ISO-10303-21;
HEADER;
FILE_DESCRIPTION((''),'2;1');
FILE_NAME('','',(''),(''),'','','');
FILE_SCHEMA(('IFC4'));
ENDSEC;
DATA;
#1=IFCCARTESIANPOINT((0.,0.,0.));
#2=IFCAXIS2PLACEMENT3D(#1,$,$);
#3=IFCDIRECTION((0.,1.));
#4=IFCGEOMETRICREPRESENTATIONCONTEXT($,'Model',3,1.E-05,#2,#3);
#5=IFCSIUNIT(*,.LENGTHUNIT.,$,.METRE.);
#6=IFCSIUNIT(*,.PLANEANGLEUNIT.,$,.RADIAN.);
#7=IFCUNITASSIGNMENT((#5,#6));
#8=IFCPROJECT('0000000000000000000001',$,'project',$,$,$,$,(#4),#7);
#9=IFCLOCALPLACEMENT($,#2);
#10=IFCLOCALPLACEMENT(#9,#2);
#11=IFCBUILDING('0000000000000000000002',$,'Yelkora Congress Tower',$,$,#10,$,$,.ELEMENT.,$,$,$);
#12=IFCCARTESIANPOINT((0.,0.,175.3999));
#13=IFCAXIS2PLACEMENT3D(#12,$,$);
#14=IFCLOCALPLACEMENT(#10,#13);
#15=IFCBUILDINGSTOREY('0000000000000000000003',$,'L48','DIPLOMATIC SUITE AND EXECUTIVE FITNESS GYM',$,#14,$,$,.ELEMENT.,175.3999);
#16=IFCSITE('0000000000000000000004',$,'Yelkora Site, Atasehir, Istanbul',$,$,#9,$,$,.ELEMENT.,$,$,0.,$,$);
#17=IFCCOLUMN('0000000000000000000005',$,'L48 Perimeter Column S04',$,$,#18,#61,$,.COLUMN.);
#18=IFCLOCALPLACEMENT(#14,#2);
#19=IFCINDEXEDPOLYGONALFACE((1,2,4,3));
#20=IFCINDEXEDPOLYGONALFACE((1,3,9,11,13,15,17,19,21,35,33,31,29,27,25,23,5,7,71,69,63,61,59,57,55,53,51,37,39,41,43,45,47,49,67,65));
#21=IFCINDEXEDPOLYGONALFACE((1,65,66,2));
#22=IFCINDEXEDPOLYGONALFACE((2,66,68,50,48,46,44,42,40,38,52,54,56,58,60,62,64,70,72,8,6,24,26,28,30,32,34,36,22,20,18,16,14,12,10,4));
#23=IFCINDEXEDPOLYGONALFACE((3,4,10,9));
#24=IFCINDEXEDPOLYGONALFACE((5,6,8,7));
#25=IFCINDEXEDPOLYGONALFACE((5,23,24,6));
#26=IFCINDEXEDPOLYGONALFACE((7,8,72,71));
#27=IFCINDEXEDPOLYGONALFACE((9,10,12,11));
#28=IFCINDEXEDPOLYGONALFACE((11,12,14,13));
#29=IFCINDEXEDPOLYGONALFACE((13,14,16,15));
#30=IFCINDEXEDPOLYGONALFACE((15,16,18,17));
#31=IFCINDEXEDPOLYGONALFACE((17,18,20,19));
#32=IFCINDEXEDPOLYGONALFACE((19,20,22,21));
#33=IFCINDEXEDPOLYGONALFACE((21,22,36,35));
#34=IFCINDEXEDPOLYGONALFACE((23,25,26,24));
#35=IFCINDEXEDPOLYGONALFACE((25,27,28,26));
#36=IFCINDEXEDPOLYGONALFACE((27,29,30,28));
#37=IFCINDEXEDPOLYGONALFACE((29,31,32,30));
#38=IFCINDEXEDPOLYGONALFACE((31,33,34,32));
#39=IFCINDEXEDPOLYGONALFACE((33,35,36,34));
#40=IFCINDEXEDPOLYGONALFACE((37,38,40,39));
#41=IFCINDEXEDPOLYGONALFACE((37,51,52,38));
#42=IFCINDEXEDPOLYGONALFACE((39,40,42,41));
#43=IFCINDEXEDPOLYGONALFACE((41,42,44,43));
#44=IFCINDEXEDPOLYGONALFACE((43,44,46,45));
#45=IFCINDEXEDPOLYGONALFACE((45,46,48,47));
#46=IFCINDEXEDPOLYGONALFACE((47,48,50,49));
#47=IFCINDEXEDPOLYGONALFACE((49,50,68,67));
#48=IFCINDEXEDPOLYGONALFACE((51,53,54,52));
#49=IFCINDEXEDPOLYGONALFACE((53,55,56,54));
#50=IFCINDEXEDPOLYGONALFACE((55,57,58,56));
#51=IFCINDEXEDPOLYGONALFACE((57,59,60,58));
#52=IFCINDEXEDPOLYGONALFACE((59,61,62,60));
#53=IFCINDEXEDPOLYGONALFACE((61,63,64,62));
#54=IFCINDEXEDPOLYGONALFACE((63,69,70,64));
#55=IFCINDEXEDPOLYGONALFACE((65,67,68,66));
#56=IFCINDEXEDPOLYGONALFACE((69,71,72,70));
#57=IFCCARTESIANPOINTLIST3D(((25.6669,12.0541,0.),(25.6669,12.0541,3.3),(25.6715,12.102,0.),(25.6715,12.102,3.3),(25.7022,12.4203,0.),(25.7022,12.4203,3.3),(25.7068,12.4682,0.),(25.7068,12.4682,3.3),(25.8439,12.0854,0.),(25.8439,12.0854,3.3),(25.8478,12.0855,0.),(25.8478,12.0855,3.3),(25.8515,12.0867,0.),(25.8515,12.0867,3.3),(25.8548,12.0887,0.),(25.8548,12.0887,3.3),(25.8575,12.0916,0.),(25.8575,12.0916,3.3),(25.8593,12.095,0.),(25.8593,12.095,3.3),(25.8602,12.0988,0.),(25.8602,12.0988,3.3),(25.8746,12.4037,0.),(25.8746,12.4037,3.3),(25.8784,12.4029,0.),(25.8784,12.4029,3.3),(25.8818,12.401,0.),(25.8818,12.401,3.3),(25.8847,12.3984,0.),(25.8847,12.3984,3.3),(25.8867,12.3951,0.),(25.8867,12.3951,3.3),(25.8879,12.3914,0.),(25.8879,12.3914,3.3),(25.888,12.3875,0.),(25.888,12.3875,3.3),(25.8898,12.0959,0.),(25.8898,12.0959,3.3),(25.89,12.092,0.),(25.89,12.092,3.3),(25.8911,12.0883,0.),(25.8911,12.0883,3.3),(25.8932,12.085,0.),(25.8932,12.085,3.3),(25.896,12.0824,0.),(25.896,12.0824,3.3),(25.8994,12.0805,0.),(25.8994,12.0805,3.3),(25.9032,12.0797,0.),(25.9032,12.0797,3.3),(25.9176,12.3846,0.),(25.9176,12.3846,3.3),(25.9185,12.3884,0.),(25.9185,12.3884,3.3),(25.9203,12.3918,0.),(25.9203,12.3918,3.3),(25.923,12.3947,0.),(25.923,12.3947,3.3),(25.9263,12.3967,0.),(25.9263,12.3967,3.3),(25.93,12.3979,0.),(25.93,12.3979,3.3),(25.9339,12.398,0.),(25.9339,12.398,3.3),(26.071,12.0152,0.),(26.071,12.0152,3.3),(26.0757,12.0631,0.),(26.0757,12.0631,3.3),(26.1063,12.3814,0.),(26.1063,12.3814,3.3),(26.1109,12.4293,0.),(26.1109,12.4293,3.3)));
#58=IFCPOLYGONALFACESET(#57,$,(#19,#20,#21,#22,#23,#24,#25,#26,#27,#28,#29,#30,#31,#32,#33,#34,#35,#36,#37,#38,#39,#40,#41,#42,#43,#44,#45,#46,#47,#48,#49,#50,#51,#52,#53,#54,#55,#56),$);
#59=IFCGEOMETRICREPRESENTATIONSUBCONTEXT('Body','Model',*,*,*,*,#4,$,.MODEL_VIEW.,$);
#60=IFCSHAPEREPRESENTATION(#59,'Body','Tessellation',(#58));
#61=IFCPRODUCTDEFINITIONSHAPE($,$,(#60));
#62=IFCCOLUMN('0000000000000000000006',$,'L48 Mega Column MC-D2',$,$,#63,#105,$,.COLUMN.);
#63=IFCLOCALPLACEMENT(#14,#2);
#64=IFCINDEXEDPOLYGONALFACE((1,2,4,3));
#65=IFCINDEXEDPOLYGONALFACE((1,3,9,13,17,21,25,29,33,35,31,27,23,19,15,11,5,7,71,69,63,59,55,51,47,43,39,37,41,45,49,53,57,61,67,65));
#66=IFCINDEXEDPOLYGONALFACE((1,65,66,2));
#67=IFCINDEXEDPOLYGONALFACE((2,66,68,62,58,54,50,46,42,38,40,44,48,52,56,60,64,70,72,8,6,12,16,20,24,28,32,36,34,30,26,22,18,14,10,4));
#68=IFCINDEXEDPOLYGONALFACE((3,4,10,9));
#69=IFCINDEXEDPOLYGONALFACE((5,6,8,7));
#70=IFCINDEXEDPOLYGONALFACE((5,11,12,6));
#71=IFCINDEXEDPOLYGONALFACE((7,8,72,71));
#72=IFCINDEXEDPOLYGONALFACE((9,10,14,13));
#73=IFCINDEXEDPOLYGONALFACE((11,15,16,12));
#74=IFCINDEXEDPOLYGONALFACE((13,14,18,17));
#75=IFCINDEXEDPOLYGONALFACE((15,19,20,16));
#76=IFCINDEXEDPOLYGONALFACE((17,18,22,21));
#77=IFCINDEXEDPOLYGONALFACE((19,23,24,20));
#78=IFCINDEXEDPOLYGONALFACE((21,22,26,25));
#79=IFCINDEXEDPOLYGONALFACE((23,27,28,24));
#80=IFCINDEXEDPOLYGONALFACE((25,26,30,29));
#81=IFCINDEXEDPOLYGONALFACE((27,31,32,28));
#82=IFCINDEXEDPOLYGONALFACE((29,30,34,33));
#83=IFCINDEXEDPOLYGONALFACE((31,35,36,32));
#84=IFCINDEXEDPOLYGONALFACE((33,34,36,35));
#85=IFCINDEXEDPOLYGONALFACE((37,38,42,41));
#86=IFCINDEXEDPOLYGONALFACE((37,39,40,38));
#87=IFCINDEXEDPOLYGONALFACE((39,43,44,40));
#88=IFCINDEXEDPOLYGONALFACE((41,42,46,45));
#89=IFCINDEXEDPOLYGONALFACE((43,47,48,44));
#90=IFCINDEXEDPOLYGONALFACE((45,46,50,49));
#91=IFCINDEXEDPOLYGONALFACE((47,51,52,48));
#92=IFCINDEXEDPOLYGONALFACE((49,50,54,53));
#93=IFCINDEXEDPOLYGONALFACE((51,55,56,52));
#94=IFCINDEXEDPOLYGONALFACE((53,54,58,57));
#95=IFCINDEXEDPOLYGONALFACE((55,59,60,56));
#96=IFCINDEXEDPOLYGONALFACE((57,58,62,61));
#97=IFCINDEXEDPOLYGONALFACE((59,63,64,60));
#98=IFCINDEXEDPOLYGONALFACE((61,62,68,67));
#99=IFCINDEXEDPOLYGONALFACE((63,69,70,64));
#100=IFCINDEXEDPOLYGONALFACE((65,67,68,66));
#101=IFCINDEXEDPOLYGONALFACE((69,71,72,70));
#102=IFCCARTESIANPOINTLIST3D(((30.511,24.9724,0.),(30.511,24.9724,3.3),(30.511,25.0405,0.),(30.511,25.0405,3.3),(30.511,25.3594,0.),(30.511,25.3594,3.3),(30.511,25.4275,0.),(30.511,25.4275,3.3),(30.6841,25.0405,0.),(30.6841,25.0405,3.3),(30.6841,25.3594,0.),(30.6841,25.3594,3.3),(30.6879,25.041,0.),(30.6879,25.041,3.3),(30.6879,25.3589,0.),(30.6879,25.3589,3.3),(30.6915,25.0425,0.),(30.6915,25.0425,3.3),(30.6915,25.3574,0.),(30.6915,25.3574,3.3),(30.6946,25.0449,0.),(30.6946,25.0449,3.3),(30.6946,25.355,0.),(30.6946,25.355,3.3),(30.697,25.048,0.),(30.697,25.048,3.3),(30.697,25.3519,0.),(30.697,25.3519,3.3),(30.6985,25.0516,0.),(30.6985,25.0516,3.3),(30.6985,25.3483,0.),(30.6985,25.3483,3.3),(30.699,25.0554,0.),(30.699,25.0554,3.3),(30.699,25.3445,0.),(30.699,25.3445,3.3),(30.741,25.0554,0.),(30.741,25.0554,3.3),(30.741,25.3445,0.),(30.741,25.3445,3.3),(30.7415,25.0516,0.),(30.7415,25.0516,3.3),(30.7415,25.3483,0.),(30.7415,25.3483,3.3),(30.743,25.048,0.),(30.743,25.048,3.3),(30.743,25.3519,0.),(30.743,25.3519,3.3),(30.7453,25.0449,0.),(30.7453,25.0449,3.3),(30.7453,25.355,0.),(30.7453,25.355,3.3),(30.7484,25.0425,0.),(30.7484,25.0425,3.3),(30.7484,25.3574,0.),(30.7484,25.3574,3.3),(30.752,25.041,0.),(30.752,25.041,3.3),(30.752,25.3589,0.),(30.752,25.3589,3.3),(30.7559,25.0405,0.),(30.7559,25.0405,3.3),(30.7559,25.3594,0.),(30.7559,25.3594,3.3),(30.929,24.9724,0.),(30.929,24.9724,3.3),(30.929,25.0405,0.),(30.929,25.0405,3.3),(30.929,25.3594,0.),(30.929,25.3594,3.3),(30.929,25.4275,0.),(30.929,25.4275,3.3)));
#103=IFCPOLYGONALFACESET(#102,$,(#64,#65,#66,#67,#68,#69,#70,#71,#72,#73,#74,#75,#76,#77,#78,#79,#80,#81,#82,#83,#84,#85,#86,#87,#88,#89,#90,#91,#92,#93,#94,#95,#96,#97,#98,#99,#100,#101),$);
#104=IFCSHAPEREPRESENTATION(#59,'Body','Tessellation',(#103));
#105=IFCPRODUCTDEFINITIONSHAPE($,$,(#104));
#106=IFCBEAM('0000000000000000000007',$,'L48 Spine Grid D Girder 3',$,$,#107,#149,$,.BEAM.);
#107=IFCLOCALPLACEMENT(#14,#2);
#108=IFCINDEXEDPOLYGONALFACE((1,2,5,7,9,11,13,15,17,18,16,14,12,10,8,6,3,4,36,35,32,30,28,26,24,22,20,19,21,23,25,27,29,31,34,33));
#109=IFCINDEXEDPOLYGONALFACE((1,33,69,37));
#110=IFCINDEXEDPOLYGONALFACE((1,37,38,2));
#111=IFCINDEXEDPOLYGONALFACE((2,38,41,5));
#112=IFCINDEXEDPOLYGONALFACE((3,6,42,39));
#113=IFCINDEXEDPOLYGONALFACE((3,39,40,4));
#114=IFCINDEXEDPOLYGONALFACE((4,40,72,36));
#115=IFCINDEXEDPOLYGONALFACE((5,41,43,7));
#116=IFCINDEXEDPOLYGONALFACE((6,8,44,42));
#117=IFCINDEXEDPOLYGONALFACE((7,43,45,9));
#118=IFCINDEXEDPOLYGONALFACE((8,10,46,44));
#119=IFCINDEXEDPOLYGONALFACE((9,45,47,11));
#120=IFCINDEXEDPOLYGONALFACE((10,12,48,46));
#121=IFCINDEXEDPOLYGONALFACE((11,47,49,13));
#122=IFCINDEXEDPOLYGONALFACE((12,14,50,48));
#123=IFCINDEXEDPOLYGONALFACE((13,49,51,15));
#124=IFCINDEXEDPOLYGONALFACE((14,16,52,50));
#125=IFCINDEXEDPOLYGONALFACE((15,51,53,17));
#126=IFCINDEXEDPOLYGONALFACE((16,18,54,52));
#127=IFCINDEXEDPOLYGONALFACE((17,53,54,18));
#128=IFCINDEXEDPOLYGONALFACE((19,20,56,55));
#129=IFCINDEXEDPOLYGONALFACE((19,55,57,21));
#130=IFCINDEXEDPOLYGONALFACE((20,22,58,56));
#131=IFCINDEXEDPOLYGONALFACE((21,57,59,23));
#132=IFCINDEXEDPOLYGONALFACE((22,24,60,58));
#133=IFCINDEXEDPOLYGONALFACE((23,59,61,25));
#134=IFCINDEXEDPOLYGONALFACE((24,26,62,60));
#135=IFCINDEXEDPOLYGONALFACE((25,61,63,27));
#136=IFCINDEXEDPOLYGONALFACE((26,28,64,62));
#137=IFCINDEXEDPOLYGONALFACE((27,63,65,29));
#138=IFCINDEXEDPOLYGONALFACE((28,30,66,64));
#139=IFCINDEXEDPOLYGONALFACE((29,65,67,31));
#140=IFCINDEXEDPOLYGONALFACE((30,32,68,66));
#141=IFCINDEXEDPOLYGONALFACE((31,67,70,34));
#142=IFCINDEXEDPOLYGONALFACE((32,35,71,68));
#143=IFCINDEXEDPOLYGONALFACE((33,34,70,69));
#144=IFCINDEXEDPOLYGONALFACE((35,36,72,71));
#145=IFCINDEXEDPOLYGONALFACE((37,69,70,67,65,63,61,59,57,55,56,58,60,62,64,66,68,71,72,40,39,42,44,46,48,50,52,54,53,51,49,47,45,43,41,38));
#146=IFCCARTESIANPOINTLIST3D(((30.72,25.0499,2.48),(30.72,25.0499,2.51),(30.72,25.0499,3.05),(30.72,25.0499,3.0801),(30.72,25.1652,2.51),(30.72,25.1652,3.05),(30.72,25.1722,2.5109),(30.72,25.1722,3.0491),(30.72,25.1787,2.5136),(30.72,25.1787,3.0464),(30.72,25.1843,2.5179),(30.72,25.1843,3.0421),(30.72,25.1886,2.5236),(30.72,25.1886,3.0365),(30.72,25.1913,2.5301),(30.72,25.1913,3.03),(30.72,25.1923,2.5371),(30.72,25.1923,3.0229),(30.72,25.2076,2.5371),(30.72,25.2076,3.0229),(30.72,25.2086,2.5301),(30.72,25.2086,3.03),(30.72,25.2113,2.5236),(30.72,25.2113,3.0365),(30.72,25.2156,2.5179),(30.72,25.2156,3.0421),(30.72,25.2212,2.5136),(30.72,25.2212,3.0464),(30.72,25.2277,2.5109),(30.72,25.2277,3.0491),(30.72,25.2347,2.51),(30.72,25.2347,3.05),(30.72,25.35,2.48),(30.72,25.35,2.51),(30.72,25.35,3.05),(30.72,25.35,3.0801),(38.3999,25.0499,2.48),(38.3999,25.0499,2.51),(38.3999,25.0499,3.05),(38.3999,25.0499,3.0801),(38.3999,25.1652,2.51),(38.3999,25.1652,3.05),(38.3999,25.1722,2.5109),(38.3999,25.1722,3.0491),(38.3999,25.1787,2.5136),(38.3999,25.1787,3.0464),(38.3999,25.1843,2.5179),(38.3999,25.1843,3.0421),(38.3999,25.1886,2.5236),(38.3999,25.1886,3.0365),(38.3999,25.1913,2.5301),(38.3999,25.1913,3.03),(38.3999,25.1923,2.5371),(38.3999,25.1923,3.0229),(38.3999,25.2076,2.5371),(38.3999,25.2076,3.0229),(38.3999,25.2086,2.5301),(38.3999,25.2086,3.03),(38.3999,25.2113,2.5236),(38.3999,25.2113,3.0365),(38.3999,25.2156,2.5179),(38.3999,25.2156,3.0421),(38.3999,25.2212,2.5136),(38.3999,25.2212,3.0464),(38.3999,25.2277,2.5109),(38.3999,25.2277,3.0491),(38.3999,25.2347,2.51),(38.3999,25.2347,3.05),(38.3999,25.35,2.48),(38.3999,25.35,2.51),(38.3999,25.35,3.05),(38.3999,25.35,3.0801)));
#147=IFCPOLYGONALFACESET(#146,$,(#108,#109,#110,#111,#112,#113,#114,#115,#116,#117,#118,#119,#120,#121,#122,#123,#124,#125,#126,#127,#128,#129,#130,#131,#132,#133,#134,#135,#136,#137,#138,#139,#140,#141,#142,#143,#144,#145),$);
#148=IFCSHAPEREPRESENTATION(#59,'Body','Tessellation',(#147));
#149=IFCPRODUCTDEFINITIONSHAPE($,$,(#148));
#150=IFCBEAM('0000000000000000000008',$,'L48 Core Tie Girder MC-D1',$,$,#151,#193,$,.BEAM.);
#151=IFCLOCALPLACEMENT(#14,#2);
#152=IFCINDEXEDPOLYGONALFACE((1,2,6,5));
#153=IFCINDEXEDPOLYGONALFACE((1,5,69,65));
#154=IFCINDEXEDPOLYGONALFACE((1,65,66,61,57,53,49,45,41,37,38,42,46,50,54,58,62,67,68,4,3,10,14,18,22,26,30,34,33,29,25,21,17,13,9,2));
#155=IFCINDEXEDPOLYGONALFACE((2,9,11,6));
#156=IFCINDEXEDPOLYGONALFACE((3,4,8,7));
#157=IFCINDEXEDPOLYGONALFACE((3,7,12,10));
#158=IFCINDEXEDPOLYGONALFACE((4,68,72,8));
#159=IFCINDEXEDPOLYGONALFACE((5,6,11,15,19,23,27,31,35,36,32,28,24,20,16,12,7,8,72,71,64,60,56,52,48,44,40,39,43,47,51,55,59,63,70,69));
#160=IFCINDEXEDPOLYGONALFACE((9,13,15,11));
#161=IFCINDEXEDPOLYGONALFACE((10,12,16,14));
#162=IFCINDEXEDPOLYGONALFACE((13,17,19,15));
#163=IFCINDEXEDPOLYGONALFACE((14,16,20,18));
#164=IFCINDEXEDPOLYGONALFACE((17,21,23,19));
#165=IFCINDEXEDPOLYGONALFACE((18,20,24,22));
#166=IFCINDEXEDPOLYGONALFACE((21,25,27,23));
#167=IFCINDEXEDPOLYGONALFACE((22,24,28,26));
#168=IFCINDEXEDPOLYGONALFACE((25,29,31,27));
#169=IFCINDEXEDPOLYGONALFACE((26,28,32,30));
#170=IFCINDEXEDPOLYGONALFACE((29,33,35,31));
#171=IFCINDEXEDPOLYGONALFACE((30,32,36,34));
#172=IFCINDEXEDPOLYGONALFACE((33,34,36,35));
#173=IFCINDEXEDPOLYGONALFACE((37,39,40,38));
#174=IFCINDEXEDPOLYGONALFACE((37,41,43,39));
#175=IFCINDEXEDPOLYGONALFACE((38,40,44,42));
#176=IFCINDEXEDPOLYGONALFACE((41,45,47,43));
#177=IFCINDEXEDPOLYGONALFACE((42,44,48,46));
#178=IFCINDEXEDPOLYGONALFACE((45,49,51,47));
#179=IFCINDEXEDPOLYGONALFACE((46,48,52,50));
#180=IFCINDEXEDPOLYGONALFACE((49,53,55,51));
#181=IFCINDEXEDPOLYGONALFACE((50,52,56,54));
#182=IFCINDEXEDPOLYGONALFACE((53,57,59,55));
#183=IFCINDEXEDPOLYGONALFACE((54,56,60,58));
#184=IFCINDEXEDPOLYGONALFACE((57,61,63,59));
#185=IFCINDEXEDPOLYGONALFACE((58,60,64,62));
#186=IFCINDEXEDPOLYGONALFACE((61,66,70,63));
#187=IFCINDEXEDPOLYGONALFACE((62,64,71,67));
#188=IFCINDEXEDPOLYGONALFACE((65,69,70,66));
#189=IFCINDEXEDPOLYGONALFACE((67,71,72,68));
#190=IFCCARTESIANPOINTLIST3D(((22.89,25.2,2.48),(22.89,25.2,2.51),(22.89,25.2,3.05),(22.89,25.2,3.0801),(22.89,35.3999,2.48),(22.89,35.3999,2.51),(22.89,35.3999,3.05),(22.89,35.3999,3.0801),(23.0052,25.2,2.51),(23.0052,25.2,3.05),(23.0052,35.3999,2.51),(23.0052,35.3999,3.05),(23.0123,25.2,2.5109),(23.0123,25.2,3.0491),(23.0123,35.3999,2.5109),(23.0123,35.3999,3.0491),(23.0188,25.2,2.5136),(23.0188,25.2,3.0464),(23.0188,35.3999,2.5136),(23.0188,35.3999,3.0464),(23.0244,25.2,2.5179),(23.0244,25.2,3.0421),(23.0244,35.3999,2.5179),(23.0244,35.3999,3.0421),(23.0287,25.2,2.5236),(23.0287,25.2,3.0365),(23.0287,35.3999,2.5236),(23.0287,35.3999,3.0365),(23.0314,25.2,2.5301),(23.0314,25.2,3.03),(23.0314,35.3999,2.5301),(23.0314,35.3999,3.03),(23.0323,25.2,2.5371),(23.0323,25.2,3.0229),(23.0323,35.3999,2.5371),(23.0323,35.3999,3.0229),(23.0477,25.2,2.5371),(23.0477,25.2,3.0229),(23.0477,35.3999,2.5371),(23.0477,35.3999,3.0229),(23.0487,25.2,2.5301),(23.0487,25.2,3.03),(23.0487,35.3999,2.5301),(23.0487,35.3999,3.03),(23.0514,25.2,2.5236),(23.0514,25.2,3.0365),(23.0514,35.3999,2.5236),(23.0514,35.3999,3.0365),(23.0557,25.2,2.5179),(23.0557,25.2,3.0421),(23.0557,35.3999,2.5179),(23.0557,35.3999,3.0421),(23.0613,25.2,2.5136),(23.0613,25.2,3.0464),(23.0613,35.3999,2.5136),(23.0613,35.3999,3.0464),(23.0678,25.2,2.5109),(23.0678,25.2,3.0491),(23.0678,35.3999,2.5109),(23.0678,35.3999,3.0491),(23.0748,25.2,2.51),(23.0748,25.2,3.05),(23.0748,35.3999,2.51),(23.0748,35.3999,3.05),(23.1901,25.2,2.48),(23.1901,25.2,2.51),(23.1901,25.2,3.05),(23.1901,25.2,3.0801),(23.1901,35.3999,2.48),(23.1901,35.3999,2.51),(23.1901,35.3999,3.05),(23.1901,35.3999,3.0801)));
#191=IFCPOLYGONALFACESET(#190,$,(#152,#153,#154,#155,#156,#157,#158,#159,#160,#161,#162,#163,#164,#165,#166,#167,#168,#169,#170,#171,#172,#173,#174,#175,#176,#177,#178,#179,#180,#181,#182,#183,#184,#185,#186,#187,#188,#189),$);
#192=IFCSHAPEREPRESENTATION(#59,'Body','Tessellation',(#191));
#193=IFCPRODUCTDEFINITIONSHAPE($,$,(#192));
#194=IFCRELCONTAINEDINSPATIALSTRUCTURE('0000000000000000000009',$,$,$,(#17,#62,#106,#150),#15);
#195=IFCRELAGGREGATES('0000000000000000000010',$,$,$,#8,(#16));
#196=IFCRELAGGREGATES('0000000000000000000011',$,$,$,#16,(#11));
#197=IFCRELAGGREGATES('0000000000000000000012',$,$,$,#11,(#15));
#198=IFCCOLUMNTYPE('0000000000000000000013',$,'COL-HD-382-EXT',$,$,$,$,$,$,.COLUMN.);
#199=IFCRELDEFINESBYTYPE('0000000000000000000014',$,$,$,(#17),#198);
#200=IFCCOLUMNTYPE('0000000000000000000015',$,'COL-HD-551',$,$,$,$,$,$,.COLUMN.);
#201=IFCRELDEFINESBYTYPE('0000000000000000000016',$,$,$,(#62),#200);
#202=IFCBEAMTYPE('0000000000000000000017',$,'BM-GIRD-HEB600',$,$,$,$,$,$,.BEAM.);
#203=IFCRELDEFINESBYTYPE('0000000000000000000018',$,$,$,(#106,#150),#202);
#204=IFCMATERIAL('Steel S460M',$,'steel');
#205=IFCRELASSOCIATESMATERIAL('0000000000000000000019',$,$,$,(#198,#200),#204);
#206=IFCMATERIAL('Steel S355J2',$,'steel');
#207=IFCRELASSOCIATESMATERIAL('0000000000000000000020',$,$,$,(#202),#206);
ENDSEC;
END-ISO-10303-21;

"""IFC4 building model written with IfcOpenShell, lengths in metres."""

from ifc_helpers import new_model, si_unit, direction, frame, origin, origin_2d, place, context, subcontext, project, spatial, i_section, extrude, material, material_profile, profile_set, type_object, element, save


model = new_model("IFC4")

# Units and contexts
model_context = context("Model", 3, precision=1e-05, world=origin(), true_north=direction((0.0, 1.0)))
body_context = subcontext(model_context, "Body", "Model", "MODEL_VIEW")
ifc_project = project(units=[si_unit("LENGTHUNIT", "METRE"), si_unit("PLANEANGLEUNIT", "RADIAN")], contexts=[model_context])

# Site, building, storey
site_placement = place(None, origin())
site = spatial("IfcSite", under=ifc_project, at=site_placement, Name="Yelkora Site, Atasehir, Istanbul", CompositionType="ELEMENT", RefElevation=0.0)
building_placement = place(site_placement, origin())
building = spatial("IfcBuilding", under=site, at=building_placement, Name="Yelkora Congress Tower", CompositionType="ELEMENT")
storey_placement = place(building_placement, frame((0.0, 0.0, 175.3999)))
storey = spatial("IfcBuildingStorey", under=building, at=storey_placement, Name="L48", Description="DIPLOMATIC SUITE AND EXECUTIVE FITNESS GYM", CompositionType="ELEMENT", Elevation=175.3999)

# Columns
ifc_material_1 = material(Name="Steel S460M", Category="steel")
ifc_material_profile_1 = material_profile(ifc_material_1, i_section(OverallWidth=0.406, OverallDepth=0.416, WebThickness=0.0298, FlangeThickness=0.0481, FilletRadius=0.0149, at=origin_2d()), Name="HD 400x382")
ifc_profile_set_1 = profile_set([ifc_material_profile_1], Name="Steel S460M")
column_type_1 = type_object("IfcColumnType", Name="COL-HD-382-EXT", PredefinedType="COLUMN", material=ifc_profile_set_1)
column_1_placement = place(storey_placement, frame((25.8889, 12.2417, 0.0), z_axis=(0.0, 0.0, 1.0), x_axis=(0.995396, -0.095846, 0.0)))
element("IfcColumn", 1, at=column_1_placement, inside=storey, type_object=column_type_1, Name="L48 Perimeter Column S04", PredefinedType="COLUMN", context=body_context, shape_type="SweptSolid", body=[
    extrude(i_section(OverallWidth=0.406, OverallDepth=0.416, WebThickness=0.0298, FlangeThickness=0.0481, FilletRadius=0.0149, at=origin_2d()), origin(), (0.0, 0.0, 1.0), 3.3),
])
ifc_material_profile_2 = material_profile(ifc_material_1, i_section(OverallWidth=0.418, OverallDepth=0.4551, WebThickness=0.042, FlangeThickness=0.0681, FilletRadius=0.0149, at=origin_2d()), Name="HD 400x551")
ifc_profile_set_2 = profile_set([ifc_material_profile_2], Name="Steel S460M")
column_type_2 = type_object("IfcColumnType", Name="COL-HD-551", PredefinedType="COLUMN", material=ifc_profile_set_2)
column_2_placement = place(storey_placement, frame((30.72, 25.2, 0.0), z_axis=(0.0, 0.0, 1.0), x_axis=(1.0, 0.0, 0.0)))
element("IfcColumn", 2, at=column_2_placement, inside=storey, type_object=column_type_2, Name="L48 Mega Column MC-D2", PredefinedType="COLUMN", context=body_context, shape_type="SweptSolid", body=[
    extrude(i_section(OverallWidth=0.418, OverallDepth=0.4551, WebThickness=0.042, FlangeThickness=0.0681, FilletRadius=0.0149, at=origin_2d()), origin(), (0.0, 0.0, 1.0), 3.3),
])

# Beams
ifc_material_2 = material(Name="Steel S355J2", Category="steel")
ifc_material_profile_3 = material_profile(ifc_material_2, i_section(OverallWidth=0.3, OverallDepth=0.6001, WebThickness=0.0154, FlangeThickness=0.03, FilletRadius=0.0271, at=origin_2d()), Name="HEB 600")
ifc_profile_set_3 = profile_set([ifc_material_profile_3], Name="Steel S355J2")
beam_type_1 = type_object("IfcBeamType", Name="BM-GIRD-HEB600", PredefinedType="BEAM", material=ifc_profile_set_3)
beam_1_placement = place(storey_placement, frame((30.72, 25.2, 2.78), z_axis=(1.0, 0.0, 0.0), x_axis=(0.0, 1.0, 0.0)))
element("IfcBeam", 3, at=beam_1_placement, inside=storey, type_object=beam_type_1, Name="L48 Spine Grid D Girder 3", PredefinedType="BEAM", context=body_context, shape_type="SweptSolid", body=[
    extrude(i_section(OverallWidth=0.3, OverallDepth=0.6001, WebThickness=0.0154, FlangeThickness=0.03, FilletRadius=0.0271, at=origin_2d()), origin(), (0.0, 0.0, 1.0), 7.6799),
])
for number, where, z_axis, x_axis, name in (
    (4, (23.04, 25.2, 2.78), (0.0, 1.0, 0.0), (-1.0, 0.0, 0.0), "L48 Core Tie Girder MC-D1"),
):
    element("IfcBeam", number, at=place(storey_placement, frame(where, z_axis=z_axis, x_axis=x_axis)), inside=storey, type_object=beam_type_1, Name=name, PredefinedType="BEAM", context=body_context, shape_type="SweptSolid", body=[
        extrude(i_section(OverallWidth=0.3, OverallDepth=0.6001, WebThickness=0.0154, FlangeThickness=0.03, FilletRadius=0.0271, at=origin_2d()), origin(), (0.0, 0.0, 1.0), 10.2),
    ])

save(model, "model.ifc")
